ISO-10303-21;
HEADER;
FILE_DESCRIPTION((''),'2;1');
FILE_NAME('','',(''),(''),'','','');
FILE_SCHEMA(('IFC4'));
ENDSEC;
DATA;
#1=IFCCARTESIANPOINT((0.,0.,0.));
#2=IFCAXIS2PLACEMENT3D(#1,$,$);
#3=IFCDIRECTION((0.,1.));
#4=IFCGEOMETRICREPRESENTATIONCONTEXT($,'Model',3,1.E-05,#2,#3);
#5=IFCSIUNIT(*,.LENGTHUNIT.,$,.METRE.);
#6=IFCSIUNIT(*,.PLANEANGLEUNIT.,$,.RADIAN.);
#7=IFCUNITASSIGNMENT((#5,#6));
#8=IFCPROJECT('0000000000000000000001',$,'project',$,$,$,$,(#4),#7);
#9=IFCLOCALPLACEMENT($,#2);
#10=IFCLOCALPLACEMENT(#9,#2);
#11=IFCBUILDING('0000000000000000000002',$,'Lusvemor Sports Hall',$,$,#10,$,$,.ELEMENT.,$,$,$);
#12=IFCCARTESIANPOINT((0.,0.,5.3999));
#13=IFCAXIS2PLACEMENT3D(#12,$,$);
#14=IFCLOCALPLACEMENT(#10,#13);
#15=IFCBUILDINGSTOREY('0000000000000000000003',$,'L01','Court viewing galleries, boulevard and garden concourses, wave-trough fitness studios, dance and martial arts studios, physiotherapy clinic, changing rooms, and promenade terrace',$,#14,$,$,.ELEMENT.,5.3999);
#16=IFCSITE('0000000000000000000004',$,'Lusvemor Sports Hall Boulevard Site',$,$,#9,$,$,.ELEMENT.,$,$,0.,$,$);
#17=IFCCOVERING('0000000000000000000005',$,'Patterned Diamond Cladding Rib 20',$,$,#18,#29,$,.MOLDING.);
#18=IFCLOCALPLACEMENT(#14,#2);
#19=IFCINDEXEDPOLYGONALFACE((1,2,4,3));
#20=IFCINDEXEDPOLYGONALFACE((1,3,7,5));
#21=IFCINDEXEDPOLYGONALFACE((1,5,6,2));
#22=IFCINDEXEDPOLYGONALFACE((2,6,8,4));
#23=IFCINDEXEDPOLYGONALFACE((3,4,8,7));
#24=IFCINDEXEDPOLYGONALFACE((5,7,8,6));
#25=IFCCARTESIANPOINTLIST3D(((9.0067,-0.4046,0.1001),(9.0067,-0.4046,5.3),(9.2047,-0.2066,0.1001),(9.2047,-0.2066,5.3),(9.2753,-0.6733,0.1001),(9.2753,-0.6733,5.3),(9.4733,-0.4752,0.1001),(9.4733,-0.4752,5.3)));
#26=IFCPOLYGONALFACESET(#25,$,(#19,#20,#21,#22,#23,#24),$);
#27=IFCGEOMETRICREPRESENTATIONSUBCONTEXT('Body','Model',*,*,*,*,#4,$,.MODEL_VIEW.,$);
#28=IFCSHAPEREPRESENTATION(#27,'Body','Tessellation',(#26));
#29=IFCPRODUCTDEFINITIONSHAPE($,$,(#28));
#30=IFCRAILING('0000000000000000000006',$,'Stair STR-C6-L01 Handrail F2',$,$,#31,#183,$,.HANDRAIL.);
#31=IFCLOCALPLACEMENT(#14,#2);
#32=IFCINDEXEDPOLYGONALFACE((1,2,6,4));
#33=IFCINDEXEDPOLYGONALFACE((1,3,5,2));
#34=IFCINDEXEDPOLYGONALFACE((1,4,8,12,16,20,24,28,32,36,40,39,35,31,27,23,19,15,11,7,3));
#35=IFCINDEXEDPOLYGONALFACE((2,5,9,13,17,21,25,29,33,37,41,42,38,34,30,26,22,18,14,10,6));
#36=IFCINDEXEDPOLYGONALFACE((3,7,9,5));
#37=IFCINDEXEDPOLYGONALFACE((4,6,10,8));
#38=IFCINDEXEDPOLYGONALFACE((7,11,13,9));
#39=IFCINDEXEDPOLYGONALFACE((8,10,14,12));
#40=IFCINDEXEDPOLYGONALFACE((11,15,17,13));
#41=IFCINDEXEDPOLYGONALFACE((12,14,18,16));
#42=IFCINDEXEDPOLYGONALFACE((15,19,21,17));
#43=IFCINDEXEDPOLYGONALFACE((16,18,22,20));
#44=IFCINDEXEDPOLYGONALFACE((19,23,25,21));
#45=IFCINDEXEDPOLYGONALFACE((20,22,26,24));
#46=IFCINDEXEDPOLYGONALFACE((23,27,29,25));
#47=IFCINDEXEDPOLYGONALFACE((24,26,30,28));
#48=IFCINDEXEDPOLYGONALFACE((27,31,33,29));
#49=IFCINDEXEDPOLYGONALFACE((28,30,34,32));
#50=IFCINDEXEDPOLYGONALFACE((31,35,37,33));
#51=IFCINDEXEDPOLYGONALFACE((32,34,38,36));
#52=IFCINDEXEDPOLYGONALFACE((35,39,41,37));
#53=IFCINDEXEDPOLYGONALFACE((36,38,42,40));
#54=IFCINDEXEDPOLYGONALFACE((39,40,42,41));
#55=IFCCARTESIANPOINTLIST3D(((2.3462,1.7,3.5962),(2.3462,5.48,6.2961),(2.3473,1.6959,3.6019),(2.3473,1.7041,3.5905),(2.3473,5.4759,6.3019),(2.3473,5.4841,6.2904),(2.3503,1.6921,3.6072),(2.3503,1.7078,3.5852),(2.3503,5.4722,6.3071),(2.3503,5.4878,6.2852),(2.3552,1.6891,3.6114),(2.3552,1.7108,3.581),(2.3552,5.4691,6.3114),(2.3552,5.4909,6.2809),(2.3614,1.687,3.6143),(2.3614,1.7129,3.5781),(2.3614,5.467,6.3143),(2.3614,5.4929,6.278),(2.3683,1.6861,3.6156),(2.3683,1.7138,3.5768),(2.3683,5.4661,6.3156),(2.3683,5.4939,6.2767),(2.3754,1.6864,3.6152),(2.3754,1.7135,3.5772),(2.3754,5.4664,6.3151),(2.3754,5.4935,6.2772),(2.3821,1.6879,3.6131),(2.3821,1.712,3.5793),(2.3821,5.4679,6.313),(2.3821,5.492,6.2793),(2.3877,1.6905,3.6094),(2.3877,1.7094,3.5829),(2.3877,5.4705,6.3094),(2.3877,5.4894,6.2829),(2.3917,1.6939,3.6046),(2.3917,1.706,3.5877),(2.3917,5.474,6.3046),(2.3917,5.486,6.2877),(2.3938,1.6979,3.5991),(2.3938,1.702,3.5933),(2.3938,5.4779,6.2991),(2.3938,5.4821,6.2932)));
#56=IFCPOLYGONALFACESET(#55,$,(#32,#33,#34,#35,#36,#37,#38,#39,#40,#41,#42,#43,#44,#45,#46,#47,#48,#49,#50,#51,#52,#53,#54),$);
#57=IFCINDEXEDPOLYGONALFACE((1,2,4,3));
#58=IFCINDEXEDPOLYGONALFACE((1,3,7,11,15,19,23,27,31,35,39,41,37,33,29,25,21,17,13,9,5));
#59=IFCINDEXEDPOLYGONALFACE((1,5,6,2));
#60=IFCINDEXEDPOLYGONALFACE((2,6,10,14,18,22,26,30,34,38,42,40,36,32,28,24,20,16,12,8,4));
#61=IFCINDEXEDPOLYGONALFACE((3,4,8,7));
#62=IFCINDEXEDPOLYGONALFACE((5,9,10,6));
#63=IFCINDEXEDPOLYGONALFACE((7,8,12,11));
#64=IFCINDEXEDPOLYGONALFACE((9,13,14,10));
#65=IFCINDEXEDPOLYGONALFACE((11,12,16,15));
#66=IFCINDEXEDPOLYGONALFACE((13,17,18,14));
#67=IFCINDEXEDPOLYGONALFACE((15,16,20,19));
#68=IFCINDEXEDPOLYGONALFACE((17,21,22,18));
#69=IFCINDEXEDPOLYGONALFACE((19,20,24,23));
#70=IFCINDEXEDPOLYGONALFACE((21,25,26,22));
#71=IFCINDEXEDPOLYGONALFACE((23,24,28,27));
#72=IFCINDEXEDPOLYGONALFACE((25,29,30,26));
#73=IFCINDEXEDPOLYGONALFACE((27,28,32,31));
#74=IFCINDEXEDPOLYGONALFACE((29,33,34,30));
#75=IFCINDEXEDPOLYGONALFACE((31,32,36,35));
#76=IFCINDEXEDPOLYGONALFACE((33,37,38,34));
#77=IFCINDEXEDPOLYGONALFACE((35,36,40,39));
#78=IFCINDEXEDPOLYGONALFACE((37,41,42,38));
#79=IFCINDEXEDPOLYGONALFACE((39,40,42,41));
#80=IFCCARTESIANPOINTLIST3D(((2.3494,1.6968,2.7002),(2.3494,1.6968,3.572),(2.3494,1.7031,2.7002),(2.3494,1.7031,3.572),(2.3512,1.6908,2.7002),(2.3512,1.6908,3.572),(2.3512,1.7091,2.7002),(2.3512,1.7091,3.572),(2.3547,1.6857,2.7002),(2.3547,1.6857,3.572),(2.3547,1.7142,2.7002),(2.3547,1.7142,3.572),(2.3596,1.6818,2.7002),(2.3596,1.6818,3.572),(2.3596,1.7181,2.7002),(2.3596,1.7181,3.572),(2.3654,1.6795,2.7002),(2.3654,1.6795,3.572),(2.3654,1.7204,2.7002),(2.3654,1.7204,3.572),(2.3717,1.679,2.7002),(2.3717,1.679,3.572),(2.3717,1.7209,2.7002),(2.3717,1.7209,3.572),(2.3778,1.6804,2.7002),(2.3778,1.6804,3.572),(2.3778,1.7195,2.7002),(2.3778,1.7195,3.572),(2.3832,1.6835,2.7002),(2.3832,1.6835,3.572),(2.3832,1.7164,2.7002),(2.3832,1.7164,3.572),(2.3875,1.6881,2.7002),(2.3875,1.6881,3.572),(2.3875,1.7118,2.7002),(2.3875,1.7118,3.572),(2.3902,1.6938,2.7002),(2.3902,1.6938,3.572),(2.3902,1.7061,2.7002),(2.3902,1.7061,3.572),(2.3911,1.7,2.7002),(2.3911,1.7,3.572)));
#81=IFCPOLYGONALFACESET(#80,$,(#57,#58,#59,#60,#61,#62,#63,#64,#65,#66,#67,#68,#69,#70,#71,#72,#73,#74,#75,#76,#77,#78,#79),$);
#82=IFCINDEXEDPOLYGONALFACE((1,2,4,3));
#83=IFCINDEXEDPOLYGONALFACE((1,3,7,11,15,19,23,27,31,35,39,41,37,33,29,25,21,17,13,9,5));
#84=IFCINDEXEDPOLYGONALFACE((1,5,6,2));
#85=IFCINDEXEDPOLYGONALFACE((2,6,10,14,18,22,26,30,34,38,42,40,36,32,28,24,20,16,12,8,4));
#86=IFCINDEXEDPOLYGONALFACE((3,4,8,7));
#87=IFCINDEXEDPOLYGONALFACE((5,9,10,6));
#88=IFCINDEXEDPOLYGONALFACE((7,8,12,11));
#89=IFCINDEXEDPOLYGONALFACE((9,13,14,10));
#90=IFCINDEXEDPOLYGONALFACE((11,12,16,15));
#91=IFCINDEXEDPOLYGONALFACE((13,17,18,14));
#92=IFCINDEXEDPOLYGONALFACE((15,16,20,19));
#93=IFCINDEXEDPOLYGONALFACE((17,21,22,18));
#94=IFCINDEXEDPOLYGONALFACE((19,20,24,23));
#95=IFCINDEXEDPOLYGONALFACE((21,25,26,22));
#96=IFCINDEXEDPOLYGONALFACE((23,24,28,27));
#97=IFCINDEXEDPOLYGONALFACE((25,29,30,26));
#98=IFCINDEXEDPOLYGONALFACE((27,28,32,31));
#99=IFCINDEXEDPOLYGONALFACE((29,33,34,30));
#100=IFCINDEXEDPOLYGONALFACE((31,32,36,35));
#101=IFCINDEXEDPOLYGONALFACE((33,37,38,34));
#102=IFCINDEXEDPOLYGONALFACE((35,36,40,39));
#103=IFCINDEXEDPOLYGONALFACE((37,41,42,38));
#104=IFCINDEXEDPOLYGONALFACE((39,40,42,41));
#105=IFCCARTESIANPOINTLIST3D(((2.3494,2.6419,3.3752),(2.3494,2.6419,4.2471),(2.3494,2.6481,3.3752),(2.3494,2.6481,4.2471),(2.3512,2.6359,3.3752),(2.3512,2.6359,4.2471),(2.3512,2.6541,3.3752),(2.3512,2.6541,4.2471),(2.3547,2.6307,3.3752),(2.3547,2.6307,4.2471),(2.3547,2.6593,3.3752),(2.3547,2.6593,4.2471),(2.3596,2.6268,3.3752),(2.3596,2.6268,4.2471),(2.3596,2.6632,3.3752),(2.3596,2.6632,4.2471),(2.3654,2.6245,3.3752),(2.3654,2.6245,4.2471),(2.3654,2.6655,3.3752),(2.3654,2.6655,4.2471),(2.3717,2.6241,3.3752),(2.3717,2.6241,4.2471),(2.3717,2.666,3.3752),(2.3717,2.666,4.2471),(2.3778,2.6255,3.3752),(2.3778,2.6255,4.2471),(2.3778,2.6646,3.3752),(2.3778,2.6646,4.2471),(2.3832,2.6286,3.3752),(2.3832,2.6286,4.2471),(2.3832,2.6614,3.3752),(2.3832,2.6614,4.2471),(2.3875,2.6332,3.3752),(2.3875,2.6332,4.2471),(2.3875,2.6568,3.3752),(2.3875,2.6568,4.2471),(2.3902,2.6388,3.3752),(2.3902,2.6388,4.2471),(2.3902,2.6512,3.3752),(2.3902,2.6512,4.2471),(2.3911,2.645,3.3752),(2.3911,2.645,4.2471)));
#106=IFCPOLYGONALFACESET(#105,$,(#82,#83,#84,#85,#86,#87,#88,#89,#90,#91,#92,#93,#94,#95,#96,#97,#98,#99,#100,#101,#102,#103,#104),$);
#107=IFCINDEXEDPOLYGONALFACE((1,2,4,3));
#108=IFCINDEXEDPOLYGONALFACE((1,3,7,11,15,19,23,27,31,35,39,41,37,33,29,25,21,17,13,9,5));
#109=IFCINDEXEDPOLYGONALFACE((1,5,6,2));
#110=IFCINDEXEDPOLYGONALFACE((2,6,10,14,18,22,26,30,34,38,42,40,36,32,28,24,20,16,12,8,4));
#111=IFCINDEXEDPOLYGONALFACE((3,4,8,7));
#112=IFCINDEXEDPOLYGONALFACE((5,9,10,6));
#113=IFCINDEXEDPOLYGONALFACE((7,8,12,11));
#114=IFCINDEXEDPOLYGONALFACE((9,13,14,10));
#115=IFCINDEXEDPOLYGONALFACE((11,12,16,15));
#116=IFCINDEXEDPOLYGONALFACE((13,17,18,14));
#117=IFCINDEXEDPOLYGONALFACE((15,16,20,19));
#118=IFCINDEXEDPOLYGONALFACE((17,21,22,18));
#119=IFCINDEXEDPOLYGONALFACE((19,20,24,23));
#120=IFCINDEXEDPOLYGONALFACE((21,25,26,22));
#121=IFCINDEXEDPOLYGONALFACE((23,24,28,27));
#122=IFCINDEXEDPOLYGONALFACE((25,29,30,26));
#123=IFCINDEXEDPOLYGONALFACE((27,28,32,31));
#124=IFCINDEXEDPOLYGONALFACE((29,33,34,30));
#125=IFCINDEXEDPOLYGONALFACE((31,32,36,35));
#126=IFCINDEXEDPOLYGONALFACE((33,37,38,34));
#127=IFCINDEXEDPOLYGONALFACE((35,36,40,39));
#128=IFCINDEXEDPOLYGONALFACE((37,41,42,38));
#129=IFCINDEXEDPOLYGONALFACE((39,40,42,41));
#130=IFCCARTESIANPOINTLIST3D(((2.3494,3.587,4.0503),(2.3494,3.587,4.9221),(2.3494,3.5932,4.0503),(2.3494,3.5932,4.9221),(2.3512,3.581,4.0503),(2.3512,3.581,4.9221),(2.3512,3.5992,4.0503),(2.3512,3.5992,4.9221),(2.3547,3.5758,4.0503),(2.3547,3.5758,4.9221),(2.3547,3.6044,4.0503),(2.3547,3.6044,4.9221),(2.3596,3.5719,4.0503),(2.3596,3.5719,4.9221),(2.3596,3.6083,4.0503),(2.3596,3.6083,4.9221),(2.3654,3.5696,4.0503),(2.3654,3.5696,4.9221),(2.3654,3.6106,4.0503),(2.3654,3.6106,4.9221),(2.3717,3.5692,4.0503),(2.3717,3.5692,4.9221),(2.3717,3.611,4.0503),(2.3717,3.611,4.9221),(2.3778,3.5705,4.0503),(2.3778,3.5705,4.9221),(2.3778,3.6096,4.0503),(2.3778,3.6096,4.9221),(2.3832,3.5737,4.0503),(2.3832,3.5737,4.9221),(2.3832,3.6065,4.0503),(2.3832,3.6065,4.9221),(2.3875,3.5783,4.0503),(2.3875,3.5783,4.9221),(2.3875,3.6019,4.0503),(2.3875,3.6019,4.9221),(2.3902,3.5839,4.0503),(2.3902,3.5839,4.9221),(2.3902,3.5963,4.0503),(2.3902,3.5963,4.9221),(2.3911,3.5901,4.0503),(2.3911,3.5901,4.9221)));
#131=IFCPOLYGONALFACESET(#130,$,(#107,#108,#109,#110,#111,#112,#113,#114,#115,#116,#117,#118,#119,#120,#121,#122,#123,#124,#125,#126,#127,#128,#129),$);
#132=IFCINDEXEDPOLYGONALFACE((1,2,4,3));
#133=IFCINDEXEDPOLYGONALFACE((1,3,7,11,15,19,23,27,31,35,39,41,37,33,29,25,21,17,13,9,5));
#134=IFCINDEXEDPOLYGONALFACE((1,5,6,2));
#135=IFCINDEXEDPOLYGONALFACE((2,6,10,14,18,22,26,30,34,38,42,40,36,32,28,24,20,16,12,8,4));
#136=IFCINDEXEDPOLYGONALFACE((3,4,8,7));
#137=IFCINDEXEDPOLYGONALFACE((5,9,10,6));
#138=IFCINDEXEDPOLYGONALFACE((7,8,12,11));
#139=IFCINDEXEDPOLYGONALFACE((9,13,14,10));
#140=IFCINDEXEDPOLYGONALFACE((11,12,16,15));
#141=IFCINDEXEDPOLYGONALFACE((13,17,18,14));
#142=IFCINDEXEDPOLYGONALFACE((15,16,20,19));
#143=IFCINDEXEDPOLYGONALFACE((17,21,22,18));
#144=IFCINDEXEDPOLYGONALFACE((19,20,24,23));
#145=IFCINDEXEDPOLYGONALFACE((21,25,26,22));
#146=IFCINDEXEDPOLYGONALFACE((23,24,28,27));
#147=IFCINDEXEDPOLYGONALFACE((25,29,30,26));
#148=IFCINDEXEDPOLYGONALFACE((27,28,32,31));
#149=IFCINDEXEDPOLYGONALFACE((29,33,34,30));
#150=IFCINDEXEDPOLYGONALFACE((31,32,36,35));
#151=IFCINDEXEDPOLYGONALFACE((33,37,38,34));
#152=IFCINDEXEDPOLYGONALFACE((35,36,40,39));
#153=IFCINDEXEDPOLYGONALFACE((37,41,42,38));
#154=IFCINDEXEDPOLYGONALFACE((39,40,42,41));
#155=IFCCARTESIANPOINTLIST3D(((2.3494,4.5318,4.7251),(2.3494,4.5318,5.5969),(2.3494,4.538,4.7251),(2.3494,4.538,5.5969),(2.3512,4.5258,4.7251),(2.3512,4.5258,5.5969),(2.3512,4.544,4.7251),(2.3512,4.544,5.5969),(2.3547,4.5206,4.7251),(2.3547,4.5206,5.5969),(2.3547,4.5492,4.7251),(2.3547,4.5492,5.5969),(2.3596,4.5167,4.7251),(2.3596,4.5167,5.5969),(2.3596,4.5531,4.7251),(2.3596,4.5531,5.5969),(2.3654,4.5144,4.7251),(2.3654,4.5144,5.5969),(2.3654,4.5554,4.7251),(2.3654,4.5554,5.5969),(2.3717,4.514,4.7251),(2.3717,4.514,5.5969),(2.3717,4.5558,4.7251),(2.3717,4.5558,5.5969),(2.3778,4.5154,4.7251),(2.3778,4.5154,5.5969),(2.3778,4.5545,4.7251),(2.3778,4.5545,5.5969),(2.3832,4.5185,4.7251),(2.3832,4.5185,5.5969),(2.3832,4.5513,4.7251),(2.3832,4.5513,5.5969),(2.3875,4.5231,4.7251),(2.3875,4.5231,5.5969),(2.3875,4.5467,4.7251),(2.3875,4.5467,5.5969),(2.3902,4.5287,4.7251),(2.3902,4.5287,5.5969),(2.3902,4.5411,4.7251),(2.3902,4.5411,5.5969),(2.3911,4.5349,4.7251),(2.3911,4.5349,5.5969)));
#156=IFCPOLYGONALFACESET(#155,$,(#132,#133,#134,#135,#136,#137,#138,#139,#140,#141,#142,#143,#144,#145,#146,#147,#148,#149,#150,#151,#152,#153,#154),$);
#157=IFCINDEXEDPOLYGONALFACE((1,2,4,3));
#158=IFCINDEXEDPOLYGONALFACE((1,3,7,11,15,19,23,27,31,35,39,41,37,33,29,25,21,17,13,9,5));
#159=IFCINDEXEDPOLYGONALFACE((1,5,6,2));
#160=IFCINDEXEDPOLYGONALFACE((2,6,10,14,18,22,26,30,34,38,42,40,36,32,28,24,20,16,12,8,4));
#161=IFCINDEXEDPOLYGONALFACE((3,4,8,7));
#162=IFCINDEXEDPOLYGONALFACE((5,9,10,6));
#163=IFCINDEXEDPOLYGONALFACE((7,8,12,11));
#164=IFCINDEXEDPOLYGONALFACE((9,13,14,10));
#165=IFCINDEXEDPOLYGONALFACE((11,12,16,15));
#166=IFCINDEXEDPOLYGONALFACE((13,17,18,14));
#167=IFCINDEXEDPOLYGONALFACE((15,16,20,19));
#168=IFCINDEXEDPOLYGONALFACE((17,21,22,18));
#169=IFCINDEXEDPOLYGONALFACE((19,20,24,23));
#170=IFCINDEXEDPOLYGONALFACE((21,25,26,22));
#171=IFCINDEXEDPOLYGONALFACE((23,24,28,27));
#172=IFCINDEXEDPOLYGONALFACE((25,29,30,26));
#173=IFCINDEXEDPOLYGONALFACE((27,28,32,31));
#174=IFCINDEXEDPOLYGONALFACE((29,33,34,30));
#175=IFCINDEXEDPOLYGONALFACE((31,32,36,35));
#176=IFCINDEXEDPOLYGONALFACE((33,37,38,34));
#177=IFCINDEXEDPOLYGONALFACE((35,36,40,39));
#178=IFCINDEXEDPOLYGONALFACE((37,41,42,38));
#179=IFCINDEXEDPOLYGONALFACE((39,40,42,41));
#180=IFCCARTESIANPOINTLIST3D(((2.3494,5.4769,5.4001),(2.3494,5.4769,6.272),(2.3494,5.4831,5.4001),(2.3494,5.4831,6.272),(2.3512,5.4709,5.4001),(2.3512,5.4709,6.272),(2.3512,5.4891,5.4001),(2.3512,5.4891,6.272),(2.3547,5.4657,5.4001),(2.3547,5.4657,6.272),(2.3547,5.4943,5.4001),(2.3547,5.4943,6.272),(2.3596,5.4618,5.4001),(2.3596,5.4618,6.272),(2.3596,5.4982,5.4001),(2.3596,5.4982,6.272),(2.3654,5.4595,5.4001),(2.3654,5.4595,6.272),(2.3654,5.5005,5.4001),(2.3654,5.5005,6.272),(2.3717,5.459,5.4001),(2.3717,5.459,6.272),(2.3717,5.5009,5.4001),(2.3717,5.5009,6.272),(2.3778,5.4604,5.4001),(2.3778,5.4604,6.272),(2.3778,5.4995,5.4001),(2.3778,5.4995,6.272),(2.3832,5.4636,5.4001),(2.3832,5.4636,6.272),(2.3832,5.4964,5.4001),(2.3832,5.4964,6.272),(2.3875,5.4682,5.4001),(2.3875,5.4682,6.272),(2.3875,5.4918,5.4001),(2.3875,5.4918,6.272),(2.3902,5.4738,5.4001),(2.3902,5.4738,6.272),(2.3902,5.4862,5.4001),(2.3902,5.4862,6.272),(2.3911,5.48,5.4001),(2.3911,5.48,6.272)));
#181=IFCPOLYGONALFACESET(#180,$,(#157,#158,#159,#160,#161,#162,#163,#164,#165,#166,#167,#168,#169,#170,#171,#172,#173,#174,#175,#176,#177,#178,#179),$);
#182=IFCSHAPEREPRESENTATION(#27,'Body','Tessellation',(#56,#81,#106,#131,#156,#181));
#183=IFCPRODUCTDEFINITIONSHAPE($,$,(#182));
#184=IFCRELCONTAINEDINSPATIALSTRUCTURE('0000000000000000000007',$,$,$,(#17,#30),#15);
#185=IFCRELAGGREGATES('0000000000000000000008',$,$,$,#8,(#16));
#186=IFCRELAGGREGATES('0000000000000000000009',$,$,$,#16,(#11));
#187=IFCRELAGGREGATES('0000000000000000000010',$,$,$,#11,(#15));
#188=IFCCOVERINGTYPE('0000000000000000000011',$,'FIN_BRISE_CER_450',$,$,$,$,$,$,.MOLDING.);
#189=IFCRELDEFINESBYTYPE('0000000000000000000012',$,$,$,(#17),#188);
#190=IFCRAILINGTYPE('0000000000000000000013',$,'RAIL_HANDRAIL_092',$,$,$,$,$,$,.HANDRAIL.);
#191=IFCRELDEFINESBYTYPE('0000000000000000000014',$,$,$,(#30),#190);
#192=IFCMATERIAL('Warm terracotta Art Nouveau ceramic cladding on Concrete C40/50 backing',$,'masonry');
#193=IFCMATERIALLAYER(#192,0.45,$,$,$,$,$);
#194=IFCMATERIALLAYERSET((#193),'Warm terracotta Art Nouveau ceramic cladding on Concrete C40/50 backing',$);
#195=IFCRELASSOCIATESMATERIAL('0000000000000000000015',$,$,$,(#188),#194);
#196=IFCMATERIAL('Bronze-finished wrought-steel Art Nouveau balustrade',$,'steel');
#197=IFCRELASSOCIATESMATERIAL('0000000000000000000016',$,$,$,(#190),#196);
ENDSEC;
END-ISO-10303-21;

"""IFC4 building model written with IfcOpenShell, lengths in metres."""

from ifc_helpers import new_model, si_unit, direction, frame, origin, origin_2d, place, context, subcontext, project, spatial, rectangle, circle, extrude, material, layer, layer_set, type_object, element, save


model = new_model("IFC4")

# Units and contexts
model_context = context("Model", 3, precision=1e-05, world=origin(), true_north=direction((0.0, 1.0)))
body_context = subcontext(model_context, "Body", "Model", "MODEL_VIEW")
ifc_project = project(units=[si_unit("LENGTHUNIT", "METRE"), si_unit("PLANEANGLEUNIT", "RADIAN")], contexts=[model_context])

# Site, building, storey
site_placement = place(None, origin())
site = spatial("IfcSite", under=ifc_project, at=site_placement, Name="Lusvemor Sports Hall Boulevard Site", CompositionType="ELEMENT", RefElevation=0.0)
building_placement = place(site_placement, origin())
building = spatial("IfcBuilding", under=site, at=building_placement, Name="Lusvemor Sports Hall", CompositionType="ELEMENT")
storey_placement = place(building_placement, frame((0.0, 0.0, 5.3999)))
storey = spatial("IfcBuildingStorey", under=building, at=storey_placement, Name="L01", Description="Court viewing galleries, boulevard and garden concourses, wave-trough fitness studios, dance and martial arts studios, physiotherapy clinic, changing rooms, and promenade terrace", CompositionType="ELEMENT", Elevation=5.3999)

# Covering
ifc_material_1 = material(Name="Warm terracotta Art Nouveau ceramic cladding on Concrete C40/50 backing", Category="masonry")
ifc_layer_1 = layer(ifc_material_1, 0.45)
ifc_layer_set_1 = layer_set([ifc_layer_1], Name="Warm terracotta Art Nouveau ceramic cladding on Concrete C40/50 backing")
covering_type_1 = type_object("IfcCoveringType", Name="FIN_BRISE_CER_450", PredefinedType="MOLDING", material=ifc_layer_set_1)
for number, where, z_axis, x_axis, name in (
    (1, (9.24, -0.4399, 0.1001), (0.0, 0.0, 1.0), (0.707107, 0.707107, 0.0), "Patterned Diamond Cladding Rib 20"),
):
    element("IfcCovering", number, at=place(storey_placement, frame(where, z_axis=z_axis, x_axis=x_axis)), inside=storey, type_object=covering_type_1, Name=name, PredefinedType="MOLDING", context=body_context, shape_type="SweptSolid", body=[
        extrude(rectangle(XDim=0.28, YDim=0.3799, at=origin_2d()), origin(), (0.0, 0.0, 1.0), 5.2),
    ])

# Railing
ifc_material_2 = material(Name="Bronze-finished wrought-steel Art Nouveau balustrade", Category="steel")
railing_type = type_object("IfcRailingType", Name="RAIL_HANDRAIL_092", PredefinedType="HANDRAIL", material=ifc_material_2)
railing_placement = place(storey_placement, frame((2.3701, 1.7, 2.7002)))
element("IfcRailing", 2, at=railing_placement, inside=storey, type_object=railing_type, Name="Stair STR-C6-L01 Handrail F2", PredefinedType="HANDRAIL", context=body_context, shape_type="SweptSolid", body=[
    extrude(circle(Radius=0.0239, at=origin_2d()), frame((0.0, 0.0, 0.896), z_axis=(0.0, 0.813741, 0.581228), x_axis=(-1.0, 0.0, 0.0)), (0.0, 0.0, 1.0), 4.6453),
    extrude(circle(Radius=0.021, at=origin_2d()), origin(), (0.0, 0.0, 1.0), 0.8718),
    extrude(circle(Radius=0.021, at=origin_2d()), frame((0.0, 0.9451, 0.675)), (0.0, 0.0, 1.0), 0.8718),
    extrude(circle(Radius=0.021, at=origin_2d()), frame((0.0, 1.8901, 1.3501)), (0.0, 0.0, 1.0), 0.8718),
    extrude(circle(Radius=0.021, at=origin_2d()), frame((0.0, 2.835, 2.0249)), (0.0, 0.0, 1.0), 0.8718),
    extrude(circle(Radius=0.021, at=origin_2d()), frame((0.0, 3.78, 2.7)), (0.0, 0.0, 1.0), 0.8718),
])

save(model, "model.ifc")
